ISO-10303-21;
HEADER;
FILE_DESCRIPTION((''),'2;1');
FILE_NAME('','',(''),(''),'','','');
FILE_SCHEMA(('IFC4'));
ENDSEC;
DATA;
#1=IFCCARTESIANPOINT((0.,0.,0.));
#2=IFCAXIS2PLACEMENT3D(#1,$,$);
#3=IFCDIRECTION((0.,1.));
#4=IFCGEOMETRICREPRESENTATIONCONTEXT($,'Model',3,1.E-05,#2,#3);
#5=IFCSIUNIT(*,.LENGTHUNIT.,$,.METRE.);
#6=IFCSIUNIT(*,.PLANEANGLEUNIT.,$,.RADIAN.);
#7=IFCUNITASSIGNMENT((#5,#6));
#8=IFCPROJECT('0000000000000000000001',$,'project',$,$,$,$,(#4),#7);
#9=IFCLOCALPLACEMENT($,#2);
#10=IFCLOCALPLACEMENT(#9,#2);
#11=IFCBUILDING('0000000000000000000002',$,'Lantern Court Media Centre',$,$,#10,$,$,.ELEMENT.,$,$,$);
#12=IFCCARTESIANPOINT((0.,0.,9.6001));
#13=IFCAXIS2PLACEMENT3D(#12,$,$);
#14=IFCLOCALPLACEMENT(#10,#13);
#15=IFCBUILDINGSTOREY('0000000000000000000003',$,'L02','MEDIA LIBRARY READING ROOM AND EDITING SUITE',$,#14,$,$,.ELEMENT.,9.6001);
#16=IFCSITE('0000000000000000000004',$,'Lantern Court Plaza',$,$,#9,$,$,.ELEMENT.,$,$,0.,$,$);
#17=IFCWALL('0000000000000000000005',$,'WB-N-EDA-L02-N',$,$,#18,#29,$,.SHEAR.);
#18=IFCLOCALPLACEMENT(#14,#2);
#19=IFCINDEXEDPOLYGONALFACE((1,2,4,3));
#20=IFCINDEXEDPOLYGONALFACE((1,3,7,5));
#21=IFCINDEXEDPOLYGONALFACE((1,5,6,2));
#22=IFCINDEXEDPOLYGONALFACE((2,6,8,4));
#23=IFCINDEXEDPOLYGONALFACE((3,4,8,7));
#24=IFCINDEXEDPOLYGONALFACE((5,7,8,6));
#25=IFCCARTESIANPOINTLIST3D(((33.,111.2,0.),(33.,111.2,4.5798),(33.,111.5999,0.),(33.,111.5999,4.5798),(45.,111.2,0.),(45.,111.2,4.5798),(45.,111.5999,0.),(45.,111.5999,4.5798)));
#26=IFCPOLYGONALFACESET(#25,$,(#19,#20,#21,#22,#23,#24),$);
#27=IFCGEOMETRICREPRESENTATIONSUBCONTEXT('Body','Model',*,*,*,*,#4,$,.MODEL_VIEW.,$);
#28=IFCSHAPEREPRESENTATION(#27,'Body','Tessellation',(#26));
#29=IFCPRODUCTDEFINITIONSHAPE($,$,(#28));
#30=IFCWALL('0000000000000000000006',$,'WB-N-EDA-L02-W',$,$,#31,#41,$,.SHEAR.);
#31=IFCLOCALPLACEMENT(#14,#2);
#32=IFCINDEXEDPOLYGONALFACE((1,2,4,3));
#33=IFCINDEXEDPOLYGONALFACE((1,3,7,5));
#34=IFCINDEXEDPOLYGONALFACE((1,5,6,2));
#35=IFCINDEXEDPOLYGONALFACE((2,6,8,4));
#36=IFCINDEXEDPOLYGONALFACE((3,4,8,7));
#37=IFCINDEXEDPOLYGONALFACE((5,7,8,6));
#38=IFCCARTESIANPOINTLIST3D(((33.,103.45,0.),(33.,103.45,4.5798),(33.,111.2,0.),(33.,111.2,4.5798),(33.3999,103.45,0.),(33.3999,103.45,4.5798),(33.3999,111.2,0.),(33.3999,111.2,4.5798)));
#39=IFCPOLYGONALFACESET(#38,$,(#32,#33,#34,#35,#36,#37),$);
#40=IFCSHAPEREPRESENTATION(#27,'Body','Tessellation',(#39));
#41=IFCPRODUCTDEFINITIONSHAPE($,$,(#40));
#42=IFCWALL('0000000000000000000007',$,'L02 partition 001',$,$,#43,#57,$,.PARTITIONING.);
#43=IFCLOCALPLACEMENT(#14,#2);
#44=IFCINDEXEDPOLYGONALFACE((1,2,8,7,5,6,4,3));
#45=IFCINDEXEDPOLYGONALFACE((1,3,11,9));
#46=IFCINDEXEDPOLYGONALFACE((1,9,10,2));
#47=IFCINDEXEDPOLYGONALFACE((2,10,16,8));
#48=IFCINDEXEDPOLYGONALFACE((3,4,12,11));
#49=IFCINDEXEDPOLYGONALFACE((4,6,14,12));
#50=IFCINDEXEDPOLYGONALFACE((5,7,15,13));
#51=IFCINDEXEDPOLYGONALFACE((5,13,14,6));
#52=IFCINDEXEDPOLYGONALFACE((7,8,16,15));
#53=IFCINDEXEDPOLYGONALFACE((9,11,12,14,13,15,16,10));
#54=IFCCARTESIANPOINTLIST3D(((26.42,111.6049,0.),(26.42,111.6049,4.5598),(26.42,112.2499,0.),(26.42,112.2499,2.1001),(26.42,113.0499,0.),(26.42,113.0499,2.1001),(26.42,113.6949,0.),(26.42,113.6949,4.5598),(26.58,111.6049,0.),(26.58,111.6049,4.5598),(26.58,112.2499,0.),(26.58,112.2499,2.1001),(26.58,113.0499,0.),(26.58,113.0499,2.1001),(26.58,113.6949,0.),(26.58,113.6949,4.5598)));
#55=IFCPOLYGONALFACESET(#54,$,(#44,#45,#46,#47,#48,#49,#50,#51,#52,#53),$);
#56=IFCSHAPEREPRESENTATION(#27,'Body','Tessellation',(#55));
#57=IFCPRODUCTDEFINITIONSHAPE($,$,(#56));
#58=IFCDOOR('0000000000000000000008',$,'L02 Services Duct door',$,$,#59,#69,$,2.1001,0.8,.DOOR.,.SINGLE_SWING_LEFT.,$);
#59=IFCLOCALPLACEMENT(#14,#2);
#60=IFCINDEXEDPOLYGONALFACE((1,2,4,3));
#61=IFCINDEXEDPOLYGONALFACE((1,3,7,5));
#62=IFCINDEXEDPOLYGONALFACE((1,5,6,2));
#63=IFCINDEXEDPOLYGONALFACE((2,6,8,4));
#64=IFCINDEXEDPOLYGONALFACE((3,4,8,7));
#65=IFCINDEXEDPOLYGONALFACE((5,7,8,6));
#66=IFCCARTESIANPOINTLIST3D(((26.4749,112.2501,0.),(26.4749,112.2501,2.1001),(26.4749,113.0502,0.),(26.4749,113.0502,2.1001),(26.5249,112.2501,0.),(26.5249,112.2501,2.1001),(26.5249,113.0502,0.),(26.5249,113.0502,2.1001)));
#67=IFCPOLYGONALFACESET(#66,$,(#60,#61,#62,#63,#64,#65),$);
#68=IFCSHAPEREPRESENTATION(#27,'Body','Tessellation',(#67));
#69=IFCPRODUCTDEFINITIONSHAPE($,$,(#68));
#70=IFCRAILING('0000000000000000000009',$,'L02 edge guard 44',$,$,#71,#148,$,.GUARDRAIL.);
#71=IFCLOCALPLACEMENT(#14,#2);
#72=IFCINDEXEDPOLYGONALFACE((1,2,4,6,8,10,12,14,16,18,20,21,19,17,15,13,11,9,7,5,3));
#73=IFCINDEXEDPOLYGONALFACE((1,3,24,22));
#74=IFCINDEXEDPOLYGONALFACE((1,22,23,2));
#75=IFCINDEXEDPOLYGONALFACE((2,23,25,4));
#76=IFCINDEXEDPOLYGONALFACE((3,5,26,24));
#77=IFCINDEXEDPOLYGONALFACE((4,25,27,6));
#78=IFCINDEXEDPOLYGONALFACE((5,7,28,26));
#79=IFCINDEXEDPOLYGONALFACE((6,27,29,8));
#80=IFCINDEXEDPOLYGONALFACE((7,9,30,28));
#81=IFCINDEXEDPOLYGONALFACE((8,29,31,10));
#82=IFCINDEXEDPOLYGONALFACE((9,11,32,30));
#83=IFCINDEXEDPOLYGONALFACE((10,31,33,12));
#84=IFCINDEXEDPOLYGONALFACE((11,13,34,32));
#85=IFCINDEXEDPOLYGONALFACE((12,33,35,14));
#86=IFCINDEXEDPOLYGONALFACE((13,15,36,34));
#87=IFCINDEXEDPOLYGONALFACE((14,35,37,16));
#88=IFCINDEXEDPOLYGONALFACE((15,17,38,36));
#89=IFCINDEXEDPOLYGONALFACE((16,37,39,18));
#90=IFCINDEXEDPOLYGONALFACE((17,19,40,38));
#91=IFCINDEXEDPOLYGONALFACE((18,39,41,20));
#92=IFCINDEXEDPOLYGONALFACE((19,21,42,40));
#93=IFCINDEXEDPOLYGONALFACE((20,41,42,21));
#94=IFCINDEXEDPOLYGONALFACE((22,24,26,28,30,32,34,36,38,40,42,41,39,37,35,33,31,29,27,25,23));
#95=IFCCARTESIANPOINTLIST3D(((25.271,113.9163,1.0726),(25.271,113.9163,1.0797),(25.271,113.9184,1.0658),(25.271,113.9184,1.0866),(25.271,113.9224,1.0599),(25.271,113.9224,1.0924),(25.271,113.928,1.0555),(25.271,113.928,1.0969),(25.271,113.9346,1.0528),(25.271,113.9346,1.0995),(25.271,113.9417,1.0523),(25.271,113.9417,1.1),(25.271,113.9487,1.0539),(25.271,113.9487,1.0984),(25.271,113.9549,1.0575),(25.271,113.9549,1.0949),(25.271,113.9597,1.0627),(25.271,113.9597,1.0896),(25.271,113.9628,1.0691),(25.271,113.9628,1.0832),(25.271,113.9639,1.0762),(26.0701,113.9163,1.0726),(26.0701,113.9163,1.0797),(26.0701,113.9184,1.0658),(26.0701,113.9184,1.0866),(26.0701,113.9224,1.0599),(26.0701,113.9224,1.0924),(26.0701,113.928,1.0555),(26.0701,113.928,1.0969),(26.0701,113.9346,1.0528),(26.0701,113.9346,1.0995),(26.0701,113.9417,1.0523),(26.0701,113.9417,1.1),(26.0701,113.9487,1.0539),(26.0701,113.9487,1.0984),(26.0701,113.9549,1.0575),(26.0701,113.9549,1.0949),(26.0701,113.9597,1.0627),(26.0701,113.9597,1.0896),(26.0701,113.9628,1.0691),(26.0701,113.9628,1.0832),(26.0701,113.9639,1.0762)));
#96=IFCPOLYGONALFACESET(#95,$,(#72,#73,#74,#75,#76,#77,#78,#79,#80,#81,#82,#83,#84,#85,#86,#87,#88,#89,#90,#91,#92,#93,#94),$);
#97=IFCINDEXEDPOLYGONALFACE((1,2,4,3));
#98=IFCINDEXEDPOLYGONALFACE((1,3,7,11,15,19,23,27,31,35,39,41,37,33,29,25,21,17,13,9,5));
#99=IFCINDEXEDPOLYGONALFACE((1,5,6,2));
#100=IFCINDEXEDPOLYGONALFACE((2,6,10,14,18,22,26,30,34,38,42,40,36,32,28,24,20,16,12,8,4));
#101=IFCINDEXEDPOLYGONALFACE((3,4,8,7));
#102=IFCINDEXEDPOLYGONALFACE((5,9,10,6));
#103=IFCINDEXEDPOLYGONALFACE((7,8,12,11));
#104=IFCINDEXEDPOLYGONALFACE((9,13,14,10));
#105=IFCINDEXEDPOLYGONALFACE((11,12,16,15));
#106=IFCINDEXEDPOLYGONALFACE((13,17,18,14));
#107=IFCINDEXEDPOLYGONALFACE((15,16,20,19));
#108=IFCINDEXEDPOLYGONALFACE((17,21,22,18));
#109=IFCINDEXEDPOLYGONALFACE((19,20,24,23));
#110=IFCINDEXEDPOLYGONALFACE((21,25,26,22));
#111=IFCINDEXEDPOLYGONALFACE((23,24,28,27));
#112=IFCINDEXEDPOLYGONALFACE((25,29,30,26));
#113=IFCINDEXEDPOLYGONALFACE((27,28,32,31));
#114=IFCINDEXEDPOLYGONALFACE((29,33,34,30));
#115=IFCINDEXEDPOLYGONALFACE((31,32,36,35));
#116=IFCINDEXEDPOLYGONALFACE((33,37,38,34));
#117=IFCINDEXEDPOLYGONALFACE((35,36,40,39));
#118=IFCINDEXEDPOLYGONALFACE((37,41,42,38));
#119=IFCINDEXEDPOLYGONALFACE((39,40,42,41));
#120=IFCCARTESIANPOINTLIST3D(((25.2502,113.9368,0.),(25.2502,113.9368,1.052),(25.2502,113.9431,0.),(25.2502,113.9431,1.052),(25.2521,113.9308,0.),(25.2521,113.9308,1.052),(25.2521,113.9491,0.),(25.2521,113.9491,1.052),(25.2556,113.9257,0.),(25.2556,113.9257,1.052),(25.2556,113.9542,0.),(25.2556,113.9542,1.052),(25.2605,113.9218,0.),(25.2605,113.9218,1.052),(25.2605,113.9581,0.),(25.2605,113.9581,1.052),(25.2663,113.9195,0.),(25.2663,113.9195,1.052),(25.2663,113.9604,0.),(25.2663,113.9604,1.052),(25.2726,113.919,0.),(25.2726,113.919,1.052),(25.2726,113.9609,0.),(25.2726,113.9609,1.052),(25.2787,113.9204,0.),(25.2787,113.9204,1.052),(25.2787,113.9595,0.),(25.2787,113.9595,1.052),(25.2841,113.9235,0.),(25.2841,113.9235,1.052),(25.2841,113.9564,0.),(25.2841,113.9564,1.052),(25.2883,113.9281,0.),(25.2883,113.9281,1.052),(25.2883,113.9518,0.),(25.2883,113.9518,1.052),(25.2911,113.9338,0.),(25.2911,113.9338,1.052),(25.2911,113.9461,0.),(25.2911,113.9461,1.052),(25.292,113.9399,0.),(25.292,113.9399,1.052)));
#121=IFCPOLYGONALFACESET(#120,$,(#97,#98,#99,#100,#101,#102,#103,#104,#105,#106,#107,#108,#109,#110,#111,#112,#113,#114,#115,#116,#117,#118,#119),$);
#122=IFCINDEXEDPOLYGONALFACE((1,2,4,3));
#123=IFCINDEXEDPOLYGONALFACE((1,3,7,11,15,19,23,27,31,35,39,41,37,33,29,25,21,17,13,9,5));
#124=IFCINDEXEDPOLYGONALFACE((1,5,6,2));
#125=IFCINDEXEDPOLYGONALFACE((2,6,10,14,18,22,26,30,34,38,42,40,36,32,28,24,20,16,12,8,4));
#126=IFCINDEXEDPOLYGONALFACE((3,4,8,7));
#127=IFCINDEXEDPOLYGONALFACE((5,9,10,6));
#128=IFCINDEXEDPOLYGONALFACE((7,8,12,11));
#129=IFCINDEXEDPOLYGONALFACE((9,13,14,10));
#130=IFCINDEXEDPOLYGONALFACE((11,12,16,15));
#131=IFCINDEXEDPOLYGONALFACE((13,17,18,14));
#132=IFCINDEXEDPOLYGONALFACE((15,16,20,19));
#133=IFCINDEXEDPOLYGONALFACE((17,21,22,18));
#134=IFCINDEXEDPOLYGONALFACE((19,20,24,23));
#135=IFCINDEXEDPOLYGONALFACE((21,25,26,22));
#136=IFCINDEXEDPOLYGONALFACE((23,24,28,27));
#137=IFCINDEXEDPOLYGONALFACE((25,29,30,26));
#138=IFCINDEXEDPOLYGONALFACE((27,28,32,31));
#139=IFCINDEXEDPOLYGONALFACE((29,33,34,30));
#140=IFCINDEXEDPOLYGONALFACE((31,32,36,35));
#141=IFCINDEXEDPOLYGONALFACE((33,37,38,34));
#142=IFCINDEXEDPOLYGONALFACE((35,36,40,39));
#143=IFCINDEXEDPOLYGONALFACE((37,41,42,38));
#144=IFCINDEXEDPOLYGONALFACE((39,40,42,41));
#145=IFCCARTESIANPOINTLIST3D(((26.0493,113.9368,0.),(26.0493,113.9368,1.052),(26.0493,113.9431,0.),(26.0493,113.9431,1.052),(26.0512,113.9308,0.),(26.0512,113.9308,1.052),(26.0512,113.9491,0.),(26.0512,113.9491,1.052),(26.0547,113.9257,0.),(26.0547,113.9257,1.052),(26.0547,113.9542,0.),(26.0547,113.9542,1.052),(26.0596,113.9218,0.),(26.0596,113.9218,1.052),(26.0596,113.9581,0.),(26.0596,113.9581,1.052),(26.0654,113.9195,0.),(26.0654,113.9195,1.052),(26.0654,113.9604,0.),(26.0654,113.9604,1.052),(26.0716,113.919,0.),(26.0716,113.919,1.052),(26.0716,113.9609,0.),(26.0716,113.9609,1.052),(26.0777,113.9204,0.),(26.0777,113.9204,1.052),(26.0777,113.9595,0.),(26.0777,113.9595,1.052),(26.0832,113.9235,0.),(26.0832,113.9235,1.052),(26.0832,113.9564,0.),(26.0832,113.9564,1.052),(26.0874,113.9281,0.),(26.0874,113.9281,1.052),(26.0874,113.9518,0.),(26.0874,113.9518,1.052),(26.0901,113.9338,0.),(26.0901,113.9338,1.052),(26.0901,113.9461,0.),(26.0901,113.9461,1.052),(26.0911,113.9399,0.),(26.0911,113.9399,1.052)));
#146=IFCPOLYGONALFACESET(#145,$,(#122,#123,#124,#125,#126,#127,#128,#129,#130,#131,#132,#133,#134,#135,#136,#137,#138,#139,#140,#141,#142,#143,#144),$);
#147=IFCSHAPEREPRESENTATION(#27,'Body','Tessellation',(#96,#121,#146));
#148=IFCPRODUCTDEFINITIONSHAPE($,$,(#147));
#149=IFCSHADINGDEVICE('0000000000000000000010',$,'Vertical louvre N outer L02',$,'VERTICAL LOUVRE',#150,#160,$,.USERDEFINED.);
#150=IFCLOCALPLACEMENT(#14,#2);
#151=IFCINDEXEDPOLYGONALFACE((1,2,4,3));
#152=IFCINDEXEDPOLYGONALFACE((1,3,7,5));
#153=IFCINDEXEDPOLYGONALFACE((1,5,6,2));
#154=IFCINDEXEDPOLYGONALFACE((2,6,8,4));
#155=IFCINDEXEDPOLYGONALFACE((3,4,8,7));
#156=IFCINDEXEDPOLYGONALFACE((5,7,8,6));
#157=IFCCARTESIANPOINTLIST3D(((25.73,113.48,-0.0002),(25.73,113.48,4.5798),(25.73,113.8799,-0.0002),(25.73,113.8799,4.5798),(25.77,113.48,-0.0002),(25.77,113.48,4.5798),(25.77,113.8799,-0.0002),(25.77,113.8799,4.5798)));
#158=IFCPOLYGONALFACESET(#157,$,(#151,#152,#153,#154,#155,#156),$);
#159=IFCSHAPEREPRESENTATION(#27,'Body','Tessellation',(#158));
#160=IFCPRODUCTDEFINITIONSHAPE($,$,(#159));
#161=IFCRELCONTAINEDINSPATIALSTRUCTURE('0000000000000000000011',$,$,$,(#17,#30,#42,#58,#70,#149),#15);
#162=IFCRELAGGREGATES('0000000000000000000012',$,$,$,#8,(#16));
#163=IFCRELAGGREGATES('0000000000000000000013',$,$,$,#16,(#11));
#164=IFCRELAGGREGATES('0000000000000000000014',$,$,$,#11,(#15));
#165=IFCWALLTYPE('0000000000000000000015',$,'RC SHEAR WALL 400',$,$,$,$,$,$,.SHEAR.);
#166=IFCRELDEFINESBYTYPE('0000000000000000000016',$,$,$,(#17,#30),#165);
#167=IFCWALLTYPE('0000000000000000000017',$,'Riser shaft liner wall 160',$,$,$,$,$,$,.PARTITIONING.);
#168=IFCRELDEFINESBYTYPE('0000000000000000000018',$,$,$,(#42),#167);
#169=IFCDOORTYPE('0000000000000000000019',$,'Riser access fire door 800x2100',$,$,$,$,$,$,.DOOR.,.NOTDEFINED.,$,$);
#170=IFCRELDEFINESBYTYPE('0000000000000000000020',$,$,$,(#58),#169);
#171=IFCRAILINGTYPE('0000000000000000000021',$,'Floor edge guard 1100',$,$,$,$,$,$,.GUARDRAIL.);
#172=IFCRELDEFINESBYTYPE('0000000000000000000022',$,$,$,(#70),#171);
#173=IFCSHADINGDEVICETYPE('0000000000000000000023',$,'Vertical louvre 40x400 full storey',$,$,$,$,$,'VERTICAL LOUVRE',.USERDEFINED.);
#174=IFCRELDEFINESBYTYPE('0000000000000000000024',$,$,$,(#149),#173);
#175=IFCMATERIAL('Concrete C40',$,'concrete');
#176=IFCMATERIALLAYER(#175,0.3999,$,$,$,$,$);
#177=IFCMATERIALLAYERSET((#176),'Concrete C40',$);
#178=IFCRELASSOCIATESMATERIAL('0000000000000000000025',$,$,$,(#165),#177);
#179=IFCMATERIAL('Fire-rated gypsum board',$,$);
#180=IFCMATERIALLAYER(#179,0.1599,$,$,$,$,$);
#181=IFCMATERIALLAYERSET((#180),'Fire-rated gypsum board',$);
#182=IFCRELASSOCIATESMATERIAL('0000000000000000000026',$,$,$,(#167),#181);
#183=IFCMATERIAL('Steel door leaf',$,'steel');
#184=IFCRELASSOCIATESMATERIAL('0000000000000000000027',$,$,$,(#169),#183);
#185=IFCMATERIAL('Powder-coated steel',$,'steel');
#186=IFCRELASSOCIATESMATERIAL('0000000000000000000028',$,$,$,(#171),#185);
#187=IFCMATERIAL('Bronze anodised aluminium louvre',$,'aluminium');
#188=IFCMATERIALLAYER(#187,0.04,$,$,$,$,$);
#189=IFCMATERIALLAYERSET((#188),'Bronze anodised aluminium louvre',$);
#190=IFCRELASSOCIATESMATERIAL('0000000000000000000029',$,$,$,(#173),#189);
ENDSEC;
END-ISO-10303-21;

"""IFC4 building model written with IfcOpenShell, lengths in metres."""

from ifc_helpers import new_model, si_unit, direction, frame, frame_2d, origin, origin_2d, place, context, subcontext, project, spatial, rectangle, circle, extrude, material, layer, layer_set, type_object, element, fill, save


model = new_model("IFC4")

# Units and contexts
model_context = context("Model", 3, precision=1e-05, world=origin(), true_north=direction((0.0, 1.0)))
body_context = subcontext(model_context, "Body", "Model", "MODEL_VIEW")
ifc_project = project(units=[si_unit("LENGTHUNIT", "METRE"), si_unit("PLANEANGLEUNIT", "RADIAN")], contexts=[model_context])

# Site, building, storey
site_placement = place(None, origin())
site = spatial("IfcSite", under=ifc_project, at=site_placement, Name="Lantern Court Plaza", CompositionType="ELEMENT", RefElevation=0.0)
building_placement = place(site_placement, origin())
building = spatial("IfcBuilding", under=site, at=building_placement, Name="Lantern Court Media Centre", CompositionType="ELEMENT")
storey_placement = place(building_placement, frame((0.0, 0.0, 9.6001)))
storey = spatial("IfcBuildingStorey", under=building, at=storey_placement, Name="L02", Description="MEDIA LIBRARY READING ROOM AND EDITING SUITE", CompositionType="ELEMENT", Elevation=9.6001)

# Shared definitions
ifc_material_1 = material(Name="Concrete C40", Category="concrete")

# Shared definitions
ifc_layer_1 = layer(ifc_material_1, 0.3999)
ifc_layer_set_1 = layer_set([ifc_layer_1], Name="Concrete C40")
wall_type_1 = type_object("IfcWallType", Name="RC SHEAR WALL 400", PredefinedType="SHEAR", material=ifc_layer_set_1)
ifc_material_2 = material(Name="Steel door leaf", Category="steel")

# Walls
wall_1_placement = place(storey_placement, frame((33.0, 111.3999, 0.0), z_axis=(0.0, 0.0, 1.0), x_axis=(1.0, 0.0, 0.0)))
element("IfcWall", 1, at=wall_1_placement, inside=storey, type_object=wall_type_1, Name="WB-N-EDA-L02-N", PredefinedType="SHEAR", context=body_context, shape_type="SweptSolid", body=[
    extrude(rectangle(XDim=12.0, YDim=0.3999, at=frame_2d((6.0, 0.0))), origin(), (0.0, 0.0, 1.0), 4.5798),
])
wall_2_placement = place(storey_placement, frame((33.2, 103.45, 0.0), z_axis=(0.0, 0.0, 1.0), x_axis=(0.0, 1.0, 0.0)))
element("IfcWall", 2, at=wall_2_placement, inside=storey, type_object=wall_type_1, Name="WB-N-EDA-L02-W", PredefinedType="SHEAR", context=body_context, shape_type="SweptSolid", body=[
    extrude(rectangle(XDim=7.75, YDim=0.3999, at=frame_2d((3.875, 0.0))), origin(), (0.0, 0.0, 1.0), 4.5798),
])

# Wall, opening, door
ifc_material_3 = material(Name="Fire-rated gypsum board")
ifc_layer_2 = layer(ifc_material_3, 0.1599)
ifc_layer_set_2 = layer_set([ifc_layer_2], Name="Fire-rated gypsum board")
wall_type_2 = type_object("IfcWallType", Name="Riser shaft liner wall 160", PredefinedType="PARTITIONING", material=ifc_layer_set_2)
wall_3_placement = place(storey_placement, frame((26.5, 111.605, 0.0), z_axis=(0.0, 0.0, 1.0), x_axis=(0.0, 1.0, 0.0)))
wall_3 = element("IfcWall", 3, at=wall_3_placement, inside=storey, type_object=wall_type_2, Name="L02 partition 001", PredefinedType="PARTITIONING", context=body_context, shape_type="SweptSolid", body=[
    extrude(rectangle(XDim=2.0901, YDim=0.1599, at=frame_2d((1.0449, 0.0))), origin(), (0.0, 0.0, 1.0), 4.5598),
])
opening_1_placement = place(wall_3_placement, frame((0.645, 0.0, 0.0)))
opening_1 = element("IfcOpeningElement", 4, at=opening_1_placement, cuts=wall_3, PredefinedType="OPENING", context=body_context, shape_type="SweptSolid", body=[
    extrude(rectangle(XDim=0.8, YDim=2.1001, at=frame_2d((0.3999, 1.05))), frame((0.0, 0.0898, 0.0), z_axis=(0.0, -1.0, 0.0), x_axis=(1.0, 0.0, 0.0)), (0.0, 0.0, 1.0), 0.1799),
])
door_type_1 = type_object("IfcDoorType", Name="Riser access fire door 800x2100", OperationType="NOTDEFINED", PredefinedType="DOOR", material=ifc_material_2)
door_1_placement = place(opening_1_placement, frame((0.8, 0.0, 0.0), z_axis=(0.0, 0.0, 1.0), x_axis=(-1.0, 0.0, 0.0)))
door_1 = element("IfcDoor", 5, at=door_1_placement, inside=storey, type_object=door_type_1, Name="L02 Services Duct door", OperationType="SINGLE_SWING_LEFT", OverallHeight=2.1001, OverallWidth=0.8, PredefinedType="DOOR", context=body_context, shape_type="SweptSolid", body=[
    extrude(rectangle(XDim=0.8, YDim=2.1001, at=frame_2d((0.3999, 1.05))), frame((0.0, 0.0249, 0.0), z_axis=(0.0, -1.0, 0.0), x_axis=(1.0, 0.0, 0.0)), (0.0, 0.0, 1.0), 0.05),
])
fill(opening_1, door_1)

# Railing
ifc_material_4 = material(Name="Powder-coated steel", Category="steel")
railing_type = type_object("IfcRailingType", Name="Floor edge guard 1100", PredefinedType="GUARDRAIL", material=ifc_material_4)
railing_placement = place(storey_placement, frame((25.271, 113.9399, 0.0)))
element("IfcRailing", 6, at=railing_placement, inside=storey, type_object=railing_type, Name="L02 edge guard 44", PredefinedType="GUARDRAIL", context=body_context, shape_type="SweptSolid", body=[
    extrude(circle(Radius=0.0239, at=origin_2d()), frame((0.0, 0.0, 1.0762), z_axis=(1.0, 0.0, 0.0), x_axis=(0.0, 1.0, 0.0)), (0.0, 0.0, 1.0), 0.7991),
    extrude(circle(Radius=0.021, at=origin_2d()), origin(), (0.0, 0.0, 1.0), 1.052),
    extrude(circle(Radius=0.021, at=origin_2d()), frame((0.7991, 0.0, 0.0)), (0.0, 0.0, 1.0), 1.052),
])

# Shading device
ifc_material_5 = material(Name="Bronze anodised aluminium louvre", Category="aluminium")
ifc_layer_3 = layer(ifc_material_5, 0.04)
ifc_layer_set_3 = layer_set([ifc_layer_3], Name="Bronze anodised aluminium louvre")
shading_device_type = type_object("IfcShadingDeviceType", Name="Vertical louvre 40x400 full storey", ElementType="VERTICAL LOUVRE", PredefinedType="USERDEFINED", material=ifc_layer_set_3)
shading_device_placement = place(storey_placement, frame((25.75, 113.6799, -0.0002), z_axis=(0.0, 0.0, 1.0), x_axis=(1.0, 0.0, 0.0)))
element("IfcShadingDevice", 7, at=shading_device_placement, inside=storey, type_object=shading_device_type, Name="Vertical louvre N outer L02", ObjectType="VERTICAL LOUVRE", PredefinedType="USERDEFINED", context=body_context, shape_type="SweptSolid", body=[
    extrude(rectangle(XDim=0.04, YDim=0.3999, at=origin_2d()), origin(), (0.0, 0.0, 1.0), 4.5801),
])

save(model, "model.ifc")
